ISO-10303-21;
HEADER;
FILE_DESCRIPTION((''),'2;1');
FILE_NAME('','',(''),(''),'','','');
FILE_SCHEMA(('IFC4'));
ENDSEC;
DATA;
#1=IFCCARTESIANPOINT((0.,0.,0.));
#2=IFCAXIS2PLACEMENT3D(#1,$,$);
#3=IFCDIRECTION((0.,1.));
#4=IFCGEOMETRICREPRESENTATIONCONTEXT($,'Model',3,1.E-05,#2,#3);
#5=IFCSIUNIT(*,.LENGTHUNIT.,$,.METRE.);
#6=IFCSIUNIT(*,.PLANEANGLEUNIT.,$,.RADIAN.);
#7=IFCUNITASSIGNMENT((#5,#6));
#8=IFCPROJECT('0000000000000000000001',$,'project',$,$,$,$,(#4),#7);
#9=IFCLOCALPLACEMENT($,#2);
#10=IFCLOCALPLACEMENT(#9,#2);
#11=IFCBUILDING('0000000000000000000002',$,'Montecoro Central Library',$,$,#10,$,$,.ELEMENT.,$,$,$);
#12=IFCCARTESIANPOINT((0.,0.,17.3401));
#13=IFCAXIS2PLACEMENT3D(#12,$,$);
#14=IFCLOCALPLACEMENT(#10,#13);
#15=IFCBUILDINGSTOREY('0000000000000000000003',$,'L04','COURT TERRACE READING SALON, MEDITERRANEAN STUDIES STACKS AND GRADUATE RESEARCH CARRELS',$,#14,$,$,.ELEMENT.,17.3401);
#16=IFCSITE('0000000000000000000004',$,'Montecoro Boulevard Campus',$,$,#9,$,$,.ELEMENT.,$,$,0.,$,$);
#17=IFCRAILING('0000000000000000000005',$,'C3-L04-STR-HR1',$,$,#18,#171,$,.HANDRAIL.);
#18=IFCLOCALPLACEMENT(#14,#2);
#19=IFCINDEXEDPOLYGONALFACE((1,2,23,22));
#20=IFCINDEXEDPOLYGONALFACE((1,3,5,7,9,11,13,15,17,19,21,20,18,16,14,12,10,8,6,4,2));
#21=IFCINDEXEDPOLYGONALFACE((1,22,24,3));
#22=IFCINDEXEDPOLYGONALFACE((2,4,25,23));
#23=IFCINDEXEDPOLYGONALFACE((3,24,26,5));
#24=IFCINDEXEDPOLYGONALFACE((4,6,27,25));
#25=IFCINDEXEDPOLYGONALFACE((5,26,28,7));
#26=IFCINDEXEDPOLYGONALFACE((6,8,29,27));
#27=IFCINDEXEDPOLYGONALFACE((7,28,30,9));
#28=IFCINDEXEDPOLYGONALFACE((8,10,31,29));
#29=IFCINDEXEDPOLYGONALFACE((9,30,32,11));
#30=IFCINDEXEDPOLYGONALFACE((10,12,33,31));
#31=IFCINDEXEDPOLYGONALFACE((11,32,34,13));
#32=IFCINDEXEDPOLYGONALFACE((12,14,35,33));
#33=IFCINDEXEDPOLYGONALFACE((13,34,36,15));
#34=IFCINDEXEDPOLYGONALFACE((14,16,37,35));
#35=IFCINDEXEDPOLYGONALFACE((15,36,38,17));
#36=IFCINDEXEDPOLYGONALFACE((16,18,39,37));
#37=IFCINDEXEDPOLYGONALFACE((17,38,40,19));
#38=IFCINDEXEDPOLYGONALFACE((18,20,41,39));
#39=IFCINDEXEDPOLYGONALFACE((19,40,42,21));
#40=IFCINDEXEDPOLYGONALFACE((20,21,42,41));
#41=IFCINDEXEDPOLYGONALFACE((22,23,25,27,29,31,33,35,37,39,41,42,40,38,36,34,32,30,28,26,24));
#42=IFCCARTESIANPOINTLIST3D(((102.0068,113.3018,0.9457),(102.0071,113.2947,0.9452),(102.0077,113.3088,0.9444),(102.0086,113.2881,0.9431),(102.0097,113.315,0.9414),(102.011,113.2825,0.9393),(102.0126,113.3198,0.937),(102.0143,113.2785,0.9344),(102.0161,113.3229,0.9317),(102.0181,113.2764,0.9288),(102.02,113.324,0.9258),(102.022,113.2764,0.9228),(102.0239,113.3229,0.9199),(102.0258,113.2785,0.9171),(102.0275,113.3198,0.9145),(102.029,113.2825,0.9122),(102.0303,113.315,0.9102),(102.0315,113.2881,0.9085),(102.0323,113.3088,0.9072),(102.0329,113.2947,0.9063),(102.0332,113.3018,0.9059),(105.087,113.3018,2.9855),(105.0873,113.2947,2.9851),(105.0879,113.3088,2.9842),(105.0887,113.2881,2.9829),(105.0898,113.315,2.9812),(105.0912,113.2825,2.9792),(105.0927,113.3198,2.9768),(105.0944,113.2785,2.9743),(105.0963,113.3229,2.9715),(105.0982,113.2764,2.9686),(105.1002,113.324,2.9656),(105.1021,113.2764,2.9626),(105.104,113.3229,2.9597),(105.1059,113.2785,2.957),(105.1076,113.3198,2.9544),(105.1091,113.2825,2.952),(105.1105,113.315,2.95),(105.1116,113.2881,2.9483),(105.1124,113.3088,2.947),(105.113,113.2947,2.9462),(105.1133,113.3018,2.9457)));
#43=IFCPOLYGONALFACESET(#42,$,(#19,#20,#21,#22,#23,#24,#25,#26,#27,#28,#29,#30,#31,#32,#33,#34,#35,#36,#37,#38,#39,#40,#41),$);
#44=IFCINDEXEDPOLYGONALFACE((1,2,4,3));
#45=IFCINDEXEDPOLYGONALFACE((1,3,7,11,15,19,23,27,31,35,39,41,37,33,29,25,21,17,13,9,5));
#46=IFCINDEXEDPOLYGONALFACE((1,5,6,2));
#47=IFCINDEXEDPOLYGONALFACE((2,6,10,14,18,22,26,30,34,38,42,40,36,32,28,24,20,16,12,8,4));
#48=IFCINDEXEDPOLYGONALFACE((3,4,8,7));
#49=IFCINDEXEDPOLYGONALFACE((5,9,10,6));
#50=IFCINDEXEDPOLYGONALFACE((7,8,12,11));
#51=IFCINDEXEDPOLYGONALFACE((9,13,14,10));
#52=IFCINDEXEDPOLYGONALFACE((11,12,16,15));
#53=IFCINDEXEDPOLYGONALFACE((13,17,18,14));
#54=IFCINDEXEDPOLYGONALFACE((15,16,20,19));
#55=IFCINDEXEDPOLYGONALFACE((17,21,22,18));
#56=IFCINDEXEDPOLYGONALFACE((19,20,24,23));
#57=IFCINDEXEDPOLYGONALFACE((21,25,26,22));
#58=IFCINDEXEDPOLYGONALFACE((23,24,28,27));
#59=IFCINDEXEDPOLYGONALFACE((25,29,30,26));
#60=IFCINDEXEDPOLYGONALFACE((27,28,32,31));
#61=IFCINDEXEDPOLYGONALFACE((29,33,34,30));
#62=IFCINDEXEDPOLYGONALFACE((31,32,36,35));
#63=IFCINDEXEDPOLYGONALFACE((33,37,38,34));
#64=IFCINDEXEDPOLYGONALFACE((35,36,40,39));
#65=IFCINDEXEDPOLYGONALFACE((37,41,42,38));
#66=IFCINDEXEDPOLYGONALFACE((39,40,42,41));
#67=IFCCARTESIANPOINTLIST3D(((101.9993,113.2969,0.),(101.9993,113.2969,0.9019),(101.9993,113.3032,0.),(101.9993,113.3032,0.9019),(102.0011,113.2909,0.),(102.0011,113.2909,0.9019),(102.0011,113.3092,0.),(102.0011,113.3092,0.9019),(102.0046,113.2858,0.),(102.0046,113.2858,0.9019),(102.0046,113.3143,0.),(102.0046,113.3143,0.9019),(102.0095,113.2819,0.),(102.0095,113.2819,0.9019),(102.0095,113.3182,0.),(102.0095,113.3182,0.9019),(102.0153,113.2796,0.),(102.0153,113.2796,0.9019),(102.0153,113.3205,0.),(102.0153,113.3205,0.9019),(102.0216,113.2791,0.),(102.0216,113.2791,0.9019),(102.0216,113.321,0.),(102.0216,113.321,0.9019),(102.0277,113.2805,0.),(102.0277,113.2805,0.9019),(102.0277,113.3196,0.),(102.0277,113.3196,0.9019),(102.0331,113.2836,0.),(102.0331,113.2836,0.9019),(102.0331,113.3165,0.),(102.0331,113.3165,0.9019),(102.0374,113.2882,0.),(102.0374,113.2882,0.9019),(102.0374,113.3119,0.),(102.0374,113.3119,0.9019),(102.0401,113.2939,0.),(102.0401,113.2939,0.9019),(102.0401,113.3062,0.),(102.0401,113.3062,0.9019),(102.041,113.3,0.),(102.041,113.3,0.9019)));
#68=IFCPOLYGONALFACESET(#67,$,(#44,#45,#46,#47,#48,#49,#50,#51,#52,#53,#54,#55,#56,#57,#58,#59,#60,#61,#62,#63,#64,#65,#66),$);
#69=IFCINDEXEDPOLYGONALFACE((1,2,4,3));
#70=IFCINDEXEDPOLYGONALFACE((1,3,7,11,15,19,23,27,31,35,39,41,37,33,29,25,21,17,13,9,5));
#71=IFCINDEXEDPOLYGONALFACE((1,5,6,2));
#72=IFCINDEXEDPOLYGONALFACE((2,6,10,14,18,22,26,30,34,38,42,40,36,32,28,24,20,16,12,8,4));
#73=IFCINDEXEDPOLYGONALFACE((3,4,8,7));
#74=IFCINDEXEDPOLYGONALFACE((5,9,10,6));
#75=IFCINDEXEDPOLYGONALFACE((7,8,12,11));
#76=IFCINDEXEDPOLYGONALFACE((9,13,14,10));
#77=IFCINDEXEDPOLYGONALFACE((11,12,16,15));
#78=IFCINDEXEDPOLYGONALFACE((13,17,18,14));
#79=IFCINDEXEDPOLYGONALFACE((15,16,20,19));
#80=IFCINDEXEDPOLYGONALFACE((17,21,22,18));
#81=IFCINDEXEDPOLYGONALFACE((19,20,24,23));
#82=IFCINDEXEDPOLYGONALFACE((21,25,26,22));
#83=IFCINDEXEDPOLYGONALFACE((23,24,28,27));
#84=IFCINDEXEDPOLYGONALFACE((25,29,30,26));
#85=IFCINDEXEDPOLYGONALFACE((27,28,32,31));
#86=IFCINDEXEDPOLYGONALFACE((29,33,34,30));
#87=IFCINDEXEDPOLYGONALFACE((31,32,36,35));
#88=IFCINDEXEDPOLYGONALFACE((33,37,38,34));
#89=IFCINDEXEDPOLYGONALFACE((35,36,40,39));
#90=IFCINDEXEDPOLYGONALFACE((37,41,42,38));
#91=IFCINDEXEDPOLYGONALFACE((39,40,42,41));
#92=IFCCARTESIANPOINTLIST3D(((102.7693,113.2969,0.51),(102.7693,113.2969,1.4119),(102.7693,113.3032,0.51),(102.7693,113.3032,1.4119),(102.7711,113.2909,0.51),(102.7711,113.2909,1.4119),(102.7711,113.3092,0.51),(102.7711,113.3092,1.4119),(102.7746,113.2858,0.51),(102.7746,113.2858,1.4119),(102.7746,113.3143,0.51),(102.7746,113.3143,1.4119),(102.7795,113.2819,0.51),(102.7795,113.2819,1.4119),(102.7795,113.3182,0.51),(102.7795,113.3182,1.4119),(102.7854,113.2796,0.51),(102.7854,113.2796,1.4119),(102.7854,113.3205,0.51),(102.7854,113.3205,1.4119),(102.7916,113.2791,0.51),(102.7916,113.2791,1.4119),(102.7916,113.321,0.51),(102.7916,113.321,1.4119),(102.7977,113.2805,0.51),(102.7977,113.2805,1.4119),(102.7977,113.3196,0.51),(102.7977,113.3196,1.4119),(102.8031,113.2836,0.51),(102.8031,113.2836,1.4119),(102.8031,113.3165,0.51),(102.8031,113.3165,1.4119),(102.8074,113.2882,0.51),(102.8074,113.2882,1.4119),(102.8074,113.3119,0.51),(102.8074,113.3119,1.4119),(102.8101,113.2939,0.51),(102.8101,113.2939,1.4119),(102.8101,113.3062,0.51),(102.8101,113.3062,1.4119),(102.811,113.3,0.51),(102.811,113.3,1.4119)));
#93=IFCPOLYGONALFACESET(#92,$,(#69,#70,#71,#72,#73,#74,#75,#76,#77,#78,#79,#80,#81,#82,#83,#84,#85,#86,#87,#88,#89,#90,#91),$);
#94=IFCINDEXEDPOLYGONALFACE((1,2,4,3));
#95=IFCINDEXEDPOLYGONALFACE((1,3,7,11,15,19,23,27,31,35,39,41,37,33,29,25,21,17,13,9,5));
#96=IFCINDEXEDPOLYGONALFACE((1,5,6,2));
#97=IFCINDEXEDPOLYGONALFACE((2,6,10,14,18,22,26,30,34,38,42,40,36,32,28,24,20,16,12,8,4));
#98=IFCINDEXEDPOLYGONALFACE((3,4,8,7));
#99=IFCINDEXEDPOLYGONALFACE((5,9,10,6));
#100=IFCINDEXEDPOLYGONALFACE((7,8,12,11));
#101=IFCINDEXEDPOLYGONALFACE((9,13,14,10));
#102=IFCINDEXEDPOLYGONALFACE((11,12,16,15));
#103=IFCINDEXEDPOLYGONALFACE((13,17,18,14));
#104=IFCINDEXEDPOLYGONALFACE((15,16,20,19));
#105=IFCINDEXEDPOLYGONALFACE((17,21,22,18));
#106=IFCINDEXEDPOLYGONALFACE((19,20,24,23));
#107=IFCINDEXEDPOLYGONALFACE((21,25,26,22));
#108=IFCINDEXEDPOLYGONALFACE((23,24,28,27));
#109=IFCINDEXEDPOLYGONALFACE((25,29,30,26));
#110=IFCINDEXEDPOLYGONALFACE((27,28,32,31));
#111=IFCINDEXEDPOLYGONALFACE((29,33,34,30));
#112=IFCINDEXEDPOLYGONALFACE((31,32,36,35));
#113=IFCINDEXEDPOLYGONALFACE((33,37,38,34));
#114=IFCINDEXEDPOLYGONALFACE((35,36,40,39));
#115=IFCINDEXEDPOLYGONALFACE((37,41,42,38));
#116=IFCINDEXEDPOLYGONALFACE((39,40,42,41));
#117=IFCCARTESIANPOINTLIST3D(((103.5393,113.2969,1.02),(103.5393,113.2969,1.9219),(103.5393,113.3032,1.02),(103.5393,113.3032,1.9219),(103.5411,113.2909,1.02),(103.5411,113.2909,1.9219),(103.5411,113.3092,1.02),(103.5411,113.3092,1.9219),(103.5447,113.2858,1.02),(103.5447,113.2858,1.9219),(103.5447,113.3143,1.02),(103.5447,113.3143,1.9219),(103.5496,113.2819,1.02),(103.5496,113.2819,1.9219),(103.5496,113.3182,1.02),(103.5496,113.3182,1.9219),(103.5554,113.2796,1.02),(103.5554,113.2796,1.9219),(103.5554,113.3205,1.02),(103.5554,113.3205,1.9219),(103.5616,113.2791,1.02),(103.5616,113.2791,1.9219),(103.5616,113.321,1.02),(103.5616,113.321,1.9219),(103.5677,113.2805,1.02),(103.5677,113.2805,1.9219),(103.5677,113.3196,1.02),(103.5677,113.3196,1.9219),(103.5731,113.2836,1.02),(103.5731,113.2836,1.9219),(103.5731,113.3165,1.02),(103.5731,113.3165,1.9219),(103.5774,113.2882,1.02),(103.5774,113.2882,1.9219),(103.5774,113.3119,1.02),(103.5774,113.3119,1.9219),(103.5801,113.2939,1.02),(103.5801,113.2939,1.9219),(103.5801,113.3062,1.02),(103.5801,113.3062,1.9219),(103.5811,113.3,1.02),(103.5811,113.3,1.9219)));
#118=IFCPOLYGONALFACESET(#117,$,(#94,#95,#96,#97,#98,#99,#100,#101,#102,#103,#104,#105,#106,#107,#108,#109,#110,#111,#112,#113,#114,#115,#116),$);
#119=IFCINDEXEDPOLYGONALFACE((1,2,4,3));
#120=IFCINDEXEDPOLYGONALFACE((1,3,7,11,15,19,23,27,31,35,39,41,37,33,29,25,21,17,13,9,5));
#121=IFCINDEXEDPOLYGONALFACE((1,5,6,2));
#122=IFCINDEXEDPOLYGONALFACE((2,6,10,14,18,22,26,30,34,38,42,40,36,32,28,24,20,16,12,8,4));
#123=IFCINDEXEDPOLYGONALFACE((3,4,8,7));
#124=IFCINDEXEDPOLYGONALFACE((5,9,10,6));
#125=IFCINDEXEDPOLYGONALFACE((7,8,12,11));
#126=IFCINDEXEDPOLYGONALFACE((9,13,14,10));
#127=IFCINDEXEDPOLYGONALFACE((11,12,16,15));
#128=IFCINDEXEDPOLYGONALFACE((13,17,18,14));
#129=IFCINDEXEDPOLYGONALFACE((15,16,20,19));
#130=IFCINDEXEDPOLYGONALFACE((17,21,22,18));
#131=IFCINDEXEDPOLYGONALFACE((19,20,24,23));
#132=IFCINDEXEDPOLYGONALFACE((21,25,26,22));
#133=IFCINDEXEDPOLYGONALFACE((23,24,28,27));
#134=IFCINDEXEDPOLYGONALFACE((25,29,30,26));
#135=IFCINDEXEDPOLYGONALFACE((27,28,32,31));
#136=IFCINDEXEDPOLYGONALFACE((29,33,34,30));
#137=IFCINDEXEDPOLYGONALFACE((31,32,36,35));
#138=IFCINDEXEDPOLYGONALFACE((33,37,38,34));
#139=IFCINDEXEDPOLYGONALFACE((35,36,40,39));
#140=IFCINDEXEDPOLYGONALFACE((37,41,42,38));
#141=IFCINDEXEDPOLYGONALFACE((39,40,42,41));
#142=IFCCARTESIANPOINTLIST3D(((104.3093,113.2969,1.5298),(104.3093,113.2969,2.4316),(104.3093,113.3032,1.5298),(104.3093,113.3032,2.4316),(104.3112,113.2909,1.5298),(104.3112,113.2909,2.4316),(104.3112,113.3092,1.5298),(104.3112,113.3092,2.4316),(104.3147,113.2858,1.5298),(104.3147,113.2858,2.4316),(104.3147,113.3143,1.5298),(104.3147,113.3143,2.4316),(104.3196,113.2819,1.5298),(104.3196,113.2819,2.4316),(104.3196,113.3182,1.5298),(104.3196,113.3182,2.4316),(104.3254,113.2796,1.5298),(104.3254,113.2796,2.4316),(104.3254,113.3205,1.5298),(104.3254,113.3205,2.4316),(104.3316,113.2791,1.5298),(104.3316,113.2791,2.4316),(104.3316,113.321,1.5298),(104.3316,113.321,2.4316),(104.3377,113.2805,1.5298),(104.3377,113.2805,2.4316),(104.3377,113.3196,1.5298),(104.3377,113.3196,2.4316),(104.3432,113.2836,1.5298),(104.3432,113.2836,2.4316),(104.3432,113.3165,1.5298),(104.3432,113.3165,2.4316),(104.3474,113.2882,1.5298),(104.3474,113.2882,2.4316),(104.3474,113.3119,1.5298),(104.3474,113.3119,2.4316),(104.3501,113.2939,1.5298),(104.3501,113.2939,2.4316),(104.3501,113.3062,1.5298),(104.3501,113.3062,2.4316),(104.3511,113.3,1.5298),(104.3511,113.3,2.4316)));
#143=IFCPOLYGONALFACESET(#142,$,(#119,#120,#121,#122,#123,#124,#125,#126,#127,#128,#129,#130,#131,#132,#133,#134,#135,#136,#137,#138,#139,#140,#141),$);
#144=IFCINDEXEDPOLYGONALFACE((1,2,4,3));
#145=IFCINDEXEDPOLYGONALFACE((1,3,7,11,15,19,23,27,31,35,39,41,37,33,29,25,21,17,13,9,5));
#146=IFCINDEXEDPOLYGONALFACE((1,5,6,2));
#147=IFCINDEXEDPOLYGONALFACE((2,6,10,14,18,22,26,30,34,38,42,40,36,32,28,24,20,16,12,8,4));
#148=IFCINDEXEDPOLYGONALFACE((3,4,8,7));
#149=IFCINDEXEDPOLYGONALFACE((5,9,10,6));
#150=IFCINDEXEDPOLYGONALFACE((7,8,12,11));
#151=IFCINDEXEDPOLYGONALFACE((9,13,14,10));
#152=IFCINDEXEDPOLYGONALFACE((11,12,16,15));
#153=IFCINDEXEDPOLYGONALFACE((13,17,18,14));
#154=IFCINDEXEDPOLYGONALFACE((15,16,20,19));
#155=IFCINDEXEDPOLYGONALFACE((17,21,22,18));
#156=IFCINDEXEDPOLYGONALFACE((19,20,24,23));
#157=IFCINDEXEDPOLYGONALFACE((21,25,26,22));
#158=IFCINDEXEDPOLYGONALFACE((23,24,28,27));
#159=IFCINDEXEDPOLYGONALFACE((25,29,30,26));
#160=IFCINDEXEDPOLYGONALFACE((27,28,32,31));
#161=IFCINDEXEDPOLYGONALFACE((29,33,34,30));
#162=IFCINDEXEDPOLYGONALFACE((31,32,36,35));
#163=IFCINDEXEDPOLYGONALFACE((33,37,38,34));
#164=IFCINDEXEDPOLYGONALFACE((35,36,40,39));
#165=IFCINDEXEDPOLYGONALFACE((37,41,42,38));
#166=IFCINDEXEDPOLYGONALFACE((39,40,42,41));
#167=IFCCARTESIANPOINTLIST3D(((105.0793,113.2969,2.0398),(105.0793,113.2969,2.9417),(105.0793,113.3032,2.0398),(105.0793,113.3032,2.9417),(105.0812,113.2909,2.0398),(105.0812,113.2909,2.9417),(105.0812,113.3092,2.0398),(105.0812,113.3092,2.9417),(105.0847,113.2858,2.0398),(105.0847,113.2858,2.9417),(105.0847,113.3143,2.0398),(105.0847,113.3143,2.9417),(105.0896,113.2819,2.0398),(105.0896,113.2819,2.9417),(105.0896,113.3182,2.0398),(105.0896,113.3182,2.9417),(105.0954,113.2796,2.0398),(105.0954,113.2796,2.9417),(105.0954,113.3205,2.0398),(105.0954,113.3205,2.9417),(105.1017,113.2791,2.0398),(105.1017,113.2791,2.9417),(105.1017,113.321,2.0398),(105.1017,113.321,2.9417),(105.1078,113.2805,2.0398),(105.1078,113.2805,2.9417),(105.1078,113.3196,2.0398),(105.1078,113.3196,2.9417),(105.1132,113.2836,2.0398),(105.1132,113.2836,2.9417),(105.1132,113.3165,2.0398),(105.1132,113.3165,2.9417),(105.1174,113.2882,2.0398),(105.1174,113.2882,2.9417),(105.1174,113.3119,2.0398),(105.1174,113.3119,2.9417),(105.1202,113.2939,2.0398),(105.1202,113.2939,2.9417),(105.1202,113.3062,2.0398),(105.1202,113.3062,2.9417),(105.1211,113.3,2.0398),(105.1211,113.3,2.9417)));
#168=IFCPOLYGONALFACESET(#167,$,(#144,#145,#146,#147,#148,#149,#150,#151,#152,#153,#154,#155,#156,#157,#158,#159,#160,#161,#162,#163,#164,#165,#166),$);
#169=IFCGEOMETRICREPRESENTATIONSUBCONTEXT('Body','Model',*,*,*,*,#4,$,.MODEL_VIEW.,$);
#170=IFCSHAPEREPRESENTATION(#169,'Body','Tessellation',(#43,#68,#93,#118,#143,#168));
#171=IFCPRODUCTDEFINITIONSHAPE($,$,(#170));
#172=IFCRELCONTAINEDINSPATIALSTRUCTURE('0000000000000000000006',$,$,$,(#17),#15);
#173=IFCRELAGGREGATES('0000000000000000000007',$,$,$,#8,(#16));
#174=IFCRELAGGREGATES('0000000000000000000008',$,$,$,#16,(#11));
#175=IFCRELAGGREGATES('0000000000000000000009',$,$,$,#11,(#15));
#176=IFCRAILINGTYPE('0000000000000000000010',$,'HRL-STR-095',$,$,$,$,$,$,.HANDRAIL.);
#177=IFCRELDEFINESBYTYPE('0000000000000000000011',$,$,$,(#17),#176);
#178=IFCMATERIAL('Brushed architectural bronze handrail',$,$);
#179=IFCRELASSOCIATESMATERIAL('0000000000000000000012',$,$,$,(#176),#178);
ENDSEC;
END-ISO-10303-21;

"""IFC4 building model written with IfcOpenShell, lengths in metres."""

from ifc_helpers import new_model, si_unit, direction, frame, origin, origin_2d, place, context, subcontext, project, spatial, circle, extrude, material, type_object, element, save


model = new_model("IFC4")

# Units and contexts
model_context = context("Model", 3, precision=1e-05, world=origin(), true_north=direction((0.0, 1.0)))
body_context = subcontext(model_context, "Body", "Model", "MODEL_VIEW")
ifc_project = project(units=[si_unit("LENGTHUNIT", "METRE"), si_unit("PLANEANGLEUNIT", "RADIAN")], contexts=[model_context])

# Site, building, storey
site_placement = place(None, origin())
site = spatial("IfcSite", under=ifc_project, at=site_placement, Name="Montecoro Boulevard Campus", CompositionType="ELEMENT", RefElevation=0.0)
building_placement = place(site_placement, origin())
building = spatial("IfcBuilding", under=site, at=building_placement, Name="Montecoro Central Library", CompositionType="ELEMENT")
storey_placement = place(building_placement, frame((0.0, 0.0, 17.3401)))
storey = spatial("IfcBuildingStorey", under=building, at=storey_placement, Name="L04", Description="COURT TERRACE READING SALON, MEDITERRANEAN STUDIES STACKS AND GRADUATE RESEARCH CARRELS", CompositionType="ELEMENT", Elevation=17.3401)

# Railing
ifc_material_1 = material(Name="Brushed architectural bronze handrail")
railing_type_1 = type_object("IfcRailingType", Name="HRL-STR-095", PredefinedType="HANDRAIL", material=ifc_material_1)
railing_1_placement = place(storey_placement, frame((102.02, 113.3, 0.0)))
element("IfcRailing", 1, at=railing_1_placement, inside=storey, type_object=railing_type_1, Name="C3-L04-STR-HR1", PredefinedType="HANDRAIL", context=body_context, shape_type="SweptSolid", body=[
    extrude(circle(Radius=0.0239, at=origin_2d()), frame((0.0, 0.0, 0.9258), z_axis=(0.833744, 0.0, 0.552151), x_axis=(0.0, 1.0, 0.0)), (0.0, 0.0, 1.0), 3.6943),
    extrude(circle(Radius=0.021, at=origin_2d()), origin(), (0.0, 0.0, 1.0), 0.9019),
    extrude(circle(Radius=0.021, at=origin_2d()), frame((0.77, 0.0, 0.51)), (0.0, 0.0, 1.0), 0.9019),
    extrude(circle(Radius=0.021, at=origin_2d()), frame((1.54, 0.0, 1.02)), (0.0, 0.0, 1.0), 0.9019),
    extrude(circle(Radius=0.021, at=origin_2d()), frame((2.3101, 0.0, 1.5298)), (0.0, 0.0, 1.0), 0.9019),
    extrude(circle(Radius=0.021, at=origin_2d()), frame((3.0801, 0.0, 2.0398)), (0.0, 0.0, 1.0), 0.9019),
])

save(model, "model.ifc")
